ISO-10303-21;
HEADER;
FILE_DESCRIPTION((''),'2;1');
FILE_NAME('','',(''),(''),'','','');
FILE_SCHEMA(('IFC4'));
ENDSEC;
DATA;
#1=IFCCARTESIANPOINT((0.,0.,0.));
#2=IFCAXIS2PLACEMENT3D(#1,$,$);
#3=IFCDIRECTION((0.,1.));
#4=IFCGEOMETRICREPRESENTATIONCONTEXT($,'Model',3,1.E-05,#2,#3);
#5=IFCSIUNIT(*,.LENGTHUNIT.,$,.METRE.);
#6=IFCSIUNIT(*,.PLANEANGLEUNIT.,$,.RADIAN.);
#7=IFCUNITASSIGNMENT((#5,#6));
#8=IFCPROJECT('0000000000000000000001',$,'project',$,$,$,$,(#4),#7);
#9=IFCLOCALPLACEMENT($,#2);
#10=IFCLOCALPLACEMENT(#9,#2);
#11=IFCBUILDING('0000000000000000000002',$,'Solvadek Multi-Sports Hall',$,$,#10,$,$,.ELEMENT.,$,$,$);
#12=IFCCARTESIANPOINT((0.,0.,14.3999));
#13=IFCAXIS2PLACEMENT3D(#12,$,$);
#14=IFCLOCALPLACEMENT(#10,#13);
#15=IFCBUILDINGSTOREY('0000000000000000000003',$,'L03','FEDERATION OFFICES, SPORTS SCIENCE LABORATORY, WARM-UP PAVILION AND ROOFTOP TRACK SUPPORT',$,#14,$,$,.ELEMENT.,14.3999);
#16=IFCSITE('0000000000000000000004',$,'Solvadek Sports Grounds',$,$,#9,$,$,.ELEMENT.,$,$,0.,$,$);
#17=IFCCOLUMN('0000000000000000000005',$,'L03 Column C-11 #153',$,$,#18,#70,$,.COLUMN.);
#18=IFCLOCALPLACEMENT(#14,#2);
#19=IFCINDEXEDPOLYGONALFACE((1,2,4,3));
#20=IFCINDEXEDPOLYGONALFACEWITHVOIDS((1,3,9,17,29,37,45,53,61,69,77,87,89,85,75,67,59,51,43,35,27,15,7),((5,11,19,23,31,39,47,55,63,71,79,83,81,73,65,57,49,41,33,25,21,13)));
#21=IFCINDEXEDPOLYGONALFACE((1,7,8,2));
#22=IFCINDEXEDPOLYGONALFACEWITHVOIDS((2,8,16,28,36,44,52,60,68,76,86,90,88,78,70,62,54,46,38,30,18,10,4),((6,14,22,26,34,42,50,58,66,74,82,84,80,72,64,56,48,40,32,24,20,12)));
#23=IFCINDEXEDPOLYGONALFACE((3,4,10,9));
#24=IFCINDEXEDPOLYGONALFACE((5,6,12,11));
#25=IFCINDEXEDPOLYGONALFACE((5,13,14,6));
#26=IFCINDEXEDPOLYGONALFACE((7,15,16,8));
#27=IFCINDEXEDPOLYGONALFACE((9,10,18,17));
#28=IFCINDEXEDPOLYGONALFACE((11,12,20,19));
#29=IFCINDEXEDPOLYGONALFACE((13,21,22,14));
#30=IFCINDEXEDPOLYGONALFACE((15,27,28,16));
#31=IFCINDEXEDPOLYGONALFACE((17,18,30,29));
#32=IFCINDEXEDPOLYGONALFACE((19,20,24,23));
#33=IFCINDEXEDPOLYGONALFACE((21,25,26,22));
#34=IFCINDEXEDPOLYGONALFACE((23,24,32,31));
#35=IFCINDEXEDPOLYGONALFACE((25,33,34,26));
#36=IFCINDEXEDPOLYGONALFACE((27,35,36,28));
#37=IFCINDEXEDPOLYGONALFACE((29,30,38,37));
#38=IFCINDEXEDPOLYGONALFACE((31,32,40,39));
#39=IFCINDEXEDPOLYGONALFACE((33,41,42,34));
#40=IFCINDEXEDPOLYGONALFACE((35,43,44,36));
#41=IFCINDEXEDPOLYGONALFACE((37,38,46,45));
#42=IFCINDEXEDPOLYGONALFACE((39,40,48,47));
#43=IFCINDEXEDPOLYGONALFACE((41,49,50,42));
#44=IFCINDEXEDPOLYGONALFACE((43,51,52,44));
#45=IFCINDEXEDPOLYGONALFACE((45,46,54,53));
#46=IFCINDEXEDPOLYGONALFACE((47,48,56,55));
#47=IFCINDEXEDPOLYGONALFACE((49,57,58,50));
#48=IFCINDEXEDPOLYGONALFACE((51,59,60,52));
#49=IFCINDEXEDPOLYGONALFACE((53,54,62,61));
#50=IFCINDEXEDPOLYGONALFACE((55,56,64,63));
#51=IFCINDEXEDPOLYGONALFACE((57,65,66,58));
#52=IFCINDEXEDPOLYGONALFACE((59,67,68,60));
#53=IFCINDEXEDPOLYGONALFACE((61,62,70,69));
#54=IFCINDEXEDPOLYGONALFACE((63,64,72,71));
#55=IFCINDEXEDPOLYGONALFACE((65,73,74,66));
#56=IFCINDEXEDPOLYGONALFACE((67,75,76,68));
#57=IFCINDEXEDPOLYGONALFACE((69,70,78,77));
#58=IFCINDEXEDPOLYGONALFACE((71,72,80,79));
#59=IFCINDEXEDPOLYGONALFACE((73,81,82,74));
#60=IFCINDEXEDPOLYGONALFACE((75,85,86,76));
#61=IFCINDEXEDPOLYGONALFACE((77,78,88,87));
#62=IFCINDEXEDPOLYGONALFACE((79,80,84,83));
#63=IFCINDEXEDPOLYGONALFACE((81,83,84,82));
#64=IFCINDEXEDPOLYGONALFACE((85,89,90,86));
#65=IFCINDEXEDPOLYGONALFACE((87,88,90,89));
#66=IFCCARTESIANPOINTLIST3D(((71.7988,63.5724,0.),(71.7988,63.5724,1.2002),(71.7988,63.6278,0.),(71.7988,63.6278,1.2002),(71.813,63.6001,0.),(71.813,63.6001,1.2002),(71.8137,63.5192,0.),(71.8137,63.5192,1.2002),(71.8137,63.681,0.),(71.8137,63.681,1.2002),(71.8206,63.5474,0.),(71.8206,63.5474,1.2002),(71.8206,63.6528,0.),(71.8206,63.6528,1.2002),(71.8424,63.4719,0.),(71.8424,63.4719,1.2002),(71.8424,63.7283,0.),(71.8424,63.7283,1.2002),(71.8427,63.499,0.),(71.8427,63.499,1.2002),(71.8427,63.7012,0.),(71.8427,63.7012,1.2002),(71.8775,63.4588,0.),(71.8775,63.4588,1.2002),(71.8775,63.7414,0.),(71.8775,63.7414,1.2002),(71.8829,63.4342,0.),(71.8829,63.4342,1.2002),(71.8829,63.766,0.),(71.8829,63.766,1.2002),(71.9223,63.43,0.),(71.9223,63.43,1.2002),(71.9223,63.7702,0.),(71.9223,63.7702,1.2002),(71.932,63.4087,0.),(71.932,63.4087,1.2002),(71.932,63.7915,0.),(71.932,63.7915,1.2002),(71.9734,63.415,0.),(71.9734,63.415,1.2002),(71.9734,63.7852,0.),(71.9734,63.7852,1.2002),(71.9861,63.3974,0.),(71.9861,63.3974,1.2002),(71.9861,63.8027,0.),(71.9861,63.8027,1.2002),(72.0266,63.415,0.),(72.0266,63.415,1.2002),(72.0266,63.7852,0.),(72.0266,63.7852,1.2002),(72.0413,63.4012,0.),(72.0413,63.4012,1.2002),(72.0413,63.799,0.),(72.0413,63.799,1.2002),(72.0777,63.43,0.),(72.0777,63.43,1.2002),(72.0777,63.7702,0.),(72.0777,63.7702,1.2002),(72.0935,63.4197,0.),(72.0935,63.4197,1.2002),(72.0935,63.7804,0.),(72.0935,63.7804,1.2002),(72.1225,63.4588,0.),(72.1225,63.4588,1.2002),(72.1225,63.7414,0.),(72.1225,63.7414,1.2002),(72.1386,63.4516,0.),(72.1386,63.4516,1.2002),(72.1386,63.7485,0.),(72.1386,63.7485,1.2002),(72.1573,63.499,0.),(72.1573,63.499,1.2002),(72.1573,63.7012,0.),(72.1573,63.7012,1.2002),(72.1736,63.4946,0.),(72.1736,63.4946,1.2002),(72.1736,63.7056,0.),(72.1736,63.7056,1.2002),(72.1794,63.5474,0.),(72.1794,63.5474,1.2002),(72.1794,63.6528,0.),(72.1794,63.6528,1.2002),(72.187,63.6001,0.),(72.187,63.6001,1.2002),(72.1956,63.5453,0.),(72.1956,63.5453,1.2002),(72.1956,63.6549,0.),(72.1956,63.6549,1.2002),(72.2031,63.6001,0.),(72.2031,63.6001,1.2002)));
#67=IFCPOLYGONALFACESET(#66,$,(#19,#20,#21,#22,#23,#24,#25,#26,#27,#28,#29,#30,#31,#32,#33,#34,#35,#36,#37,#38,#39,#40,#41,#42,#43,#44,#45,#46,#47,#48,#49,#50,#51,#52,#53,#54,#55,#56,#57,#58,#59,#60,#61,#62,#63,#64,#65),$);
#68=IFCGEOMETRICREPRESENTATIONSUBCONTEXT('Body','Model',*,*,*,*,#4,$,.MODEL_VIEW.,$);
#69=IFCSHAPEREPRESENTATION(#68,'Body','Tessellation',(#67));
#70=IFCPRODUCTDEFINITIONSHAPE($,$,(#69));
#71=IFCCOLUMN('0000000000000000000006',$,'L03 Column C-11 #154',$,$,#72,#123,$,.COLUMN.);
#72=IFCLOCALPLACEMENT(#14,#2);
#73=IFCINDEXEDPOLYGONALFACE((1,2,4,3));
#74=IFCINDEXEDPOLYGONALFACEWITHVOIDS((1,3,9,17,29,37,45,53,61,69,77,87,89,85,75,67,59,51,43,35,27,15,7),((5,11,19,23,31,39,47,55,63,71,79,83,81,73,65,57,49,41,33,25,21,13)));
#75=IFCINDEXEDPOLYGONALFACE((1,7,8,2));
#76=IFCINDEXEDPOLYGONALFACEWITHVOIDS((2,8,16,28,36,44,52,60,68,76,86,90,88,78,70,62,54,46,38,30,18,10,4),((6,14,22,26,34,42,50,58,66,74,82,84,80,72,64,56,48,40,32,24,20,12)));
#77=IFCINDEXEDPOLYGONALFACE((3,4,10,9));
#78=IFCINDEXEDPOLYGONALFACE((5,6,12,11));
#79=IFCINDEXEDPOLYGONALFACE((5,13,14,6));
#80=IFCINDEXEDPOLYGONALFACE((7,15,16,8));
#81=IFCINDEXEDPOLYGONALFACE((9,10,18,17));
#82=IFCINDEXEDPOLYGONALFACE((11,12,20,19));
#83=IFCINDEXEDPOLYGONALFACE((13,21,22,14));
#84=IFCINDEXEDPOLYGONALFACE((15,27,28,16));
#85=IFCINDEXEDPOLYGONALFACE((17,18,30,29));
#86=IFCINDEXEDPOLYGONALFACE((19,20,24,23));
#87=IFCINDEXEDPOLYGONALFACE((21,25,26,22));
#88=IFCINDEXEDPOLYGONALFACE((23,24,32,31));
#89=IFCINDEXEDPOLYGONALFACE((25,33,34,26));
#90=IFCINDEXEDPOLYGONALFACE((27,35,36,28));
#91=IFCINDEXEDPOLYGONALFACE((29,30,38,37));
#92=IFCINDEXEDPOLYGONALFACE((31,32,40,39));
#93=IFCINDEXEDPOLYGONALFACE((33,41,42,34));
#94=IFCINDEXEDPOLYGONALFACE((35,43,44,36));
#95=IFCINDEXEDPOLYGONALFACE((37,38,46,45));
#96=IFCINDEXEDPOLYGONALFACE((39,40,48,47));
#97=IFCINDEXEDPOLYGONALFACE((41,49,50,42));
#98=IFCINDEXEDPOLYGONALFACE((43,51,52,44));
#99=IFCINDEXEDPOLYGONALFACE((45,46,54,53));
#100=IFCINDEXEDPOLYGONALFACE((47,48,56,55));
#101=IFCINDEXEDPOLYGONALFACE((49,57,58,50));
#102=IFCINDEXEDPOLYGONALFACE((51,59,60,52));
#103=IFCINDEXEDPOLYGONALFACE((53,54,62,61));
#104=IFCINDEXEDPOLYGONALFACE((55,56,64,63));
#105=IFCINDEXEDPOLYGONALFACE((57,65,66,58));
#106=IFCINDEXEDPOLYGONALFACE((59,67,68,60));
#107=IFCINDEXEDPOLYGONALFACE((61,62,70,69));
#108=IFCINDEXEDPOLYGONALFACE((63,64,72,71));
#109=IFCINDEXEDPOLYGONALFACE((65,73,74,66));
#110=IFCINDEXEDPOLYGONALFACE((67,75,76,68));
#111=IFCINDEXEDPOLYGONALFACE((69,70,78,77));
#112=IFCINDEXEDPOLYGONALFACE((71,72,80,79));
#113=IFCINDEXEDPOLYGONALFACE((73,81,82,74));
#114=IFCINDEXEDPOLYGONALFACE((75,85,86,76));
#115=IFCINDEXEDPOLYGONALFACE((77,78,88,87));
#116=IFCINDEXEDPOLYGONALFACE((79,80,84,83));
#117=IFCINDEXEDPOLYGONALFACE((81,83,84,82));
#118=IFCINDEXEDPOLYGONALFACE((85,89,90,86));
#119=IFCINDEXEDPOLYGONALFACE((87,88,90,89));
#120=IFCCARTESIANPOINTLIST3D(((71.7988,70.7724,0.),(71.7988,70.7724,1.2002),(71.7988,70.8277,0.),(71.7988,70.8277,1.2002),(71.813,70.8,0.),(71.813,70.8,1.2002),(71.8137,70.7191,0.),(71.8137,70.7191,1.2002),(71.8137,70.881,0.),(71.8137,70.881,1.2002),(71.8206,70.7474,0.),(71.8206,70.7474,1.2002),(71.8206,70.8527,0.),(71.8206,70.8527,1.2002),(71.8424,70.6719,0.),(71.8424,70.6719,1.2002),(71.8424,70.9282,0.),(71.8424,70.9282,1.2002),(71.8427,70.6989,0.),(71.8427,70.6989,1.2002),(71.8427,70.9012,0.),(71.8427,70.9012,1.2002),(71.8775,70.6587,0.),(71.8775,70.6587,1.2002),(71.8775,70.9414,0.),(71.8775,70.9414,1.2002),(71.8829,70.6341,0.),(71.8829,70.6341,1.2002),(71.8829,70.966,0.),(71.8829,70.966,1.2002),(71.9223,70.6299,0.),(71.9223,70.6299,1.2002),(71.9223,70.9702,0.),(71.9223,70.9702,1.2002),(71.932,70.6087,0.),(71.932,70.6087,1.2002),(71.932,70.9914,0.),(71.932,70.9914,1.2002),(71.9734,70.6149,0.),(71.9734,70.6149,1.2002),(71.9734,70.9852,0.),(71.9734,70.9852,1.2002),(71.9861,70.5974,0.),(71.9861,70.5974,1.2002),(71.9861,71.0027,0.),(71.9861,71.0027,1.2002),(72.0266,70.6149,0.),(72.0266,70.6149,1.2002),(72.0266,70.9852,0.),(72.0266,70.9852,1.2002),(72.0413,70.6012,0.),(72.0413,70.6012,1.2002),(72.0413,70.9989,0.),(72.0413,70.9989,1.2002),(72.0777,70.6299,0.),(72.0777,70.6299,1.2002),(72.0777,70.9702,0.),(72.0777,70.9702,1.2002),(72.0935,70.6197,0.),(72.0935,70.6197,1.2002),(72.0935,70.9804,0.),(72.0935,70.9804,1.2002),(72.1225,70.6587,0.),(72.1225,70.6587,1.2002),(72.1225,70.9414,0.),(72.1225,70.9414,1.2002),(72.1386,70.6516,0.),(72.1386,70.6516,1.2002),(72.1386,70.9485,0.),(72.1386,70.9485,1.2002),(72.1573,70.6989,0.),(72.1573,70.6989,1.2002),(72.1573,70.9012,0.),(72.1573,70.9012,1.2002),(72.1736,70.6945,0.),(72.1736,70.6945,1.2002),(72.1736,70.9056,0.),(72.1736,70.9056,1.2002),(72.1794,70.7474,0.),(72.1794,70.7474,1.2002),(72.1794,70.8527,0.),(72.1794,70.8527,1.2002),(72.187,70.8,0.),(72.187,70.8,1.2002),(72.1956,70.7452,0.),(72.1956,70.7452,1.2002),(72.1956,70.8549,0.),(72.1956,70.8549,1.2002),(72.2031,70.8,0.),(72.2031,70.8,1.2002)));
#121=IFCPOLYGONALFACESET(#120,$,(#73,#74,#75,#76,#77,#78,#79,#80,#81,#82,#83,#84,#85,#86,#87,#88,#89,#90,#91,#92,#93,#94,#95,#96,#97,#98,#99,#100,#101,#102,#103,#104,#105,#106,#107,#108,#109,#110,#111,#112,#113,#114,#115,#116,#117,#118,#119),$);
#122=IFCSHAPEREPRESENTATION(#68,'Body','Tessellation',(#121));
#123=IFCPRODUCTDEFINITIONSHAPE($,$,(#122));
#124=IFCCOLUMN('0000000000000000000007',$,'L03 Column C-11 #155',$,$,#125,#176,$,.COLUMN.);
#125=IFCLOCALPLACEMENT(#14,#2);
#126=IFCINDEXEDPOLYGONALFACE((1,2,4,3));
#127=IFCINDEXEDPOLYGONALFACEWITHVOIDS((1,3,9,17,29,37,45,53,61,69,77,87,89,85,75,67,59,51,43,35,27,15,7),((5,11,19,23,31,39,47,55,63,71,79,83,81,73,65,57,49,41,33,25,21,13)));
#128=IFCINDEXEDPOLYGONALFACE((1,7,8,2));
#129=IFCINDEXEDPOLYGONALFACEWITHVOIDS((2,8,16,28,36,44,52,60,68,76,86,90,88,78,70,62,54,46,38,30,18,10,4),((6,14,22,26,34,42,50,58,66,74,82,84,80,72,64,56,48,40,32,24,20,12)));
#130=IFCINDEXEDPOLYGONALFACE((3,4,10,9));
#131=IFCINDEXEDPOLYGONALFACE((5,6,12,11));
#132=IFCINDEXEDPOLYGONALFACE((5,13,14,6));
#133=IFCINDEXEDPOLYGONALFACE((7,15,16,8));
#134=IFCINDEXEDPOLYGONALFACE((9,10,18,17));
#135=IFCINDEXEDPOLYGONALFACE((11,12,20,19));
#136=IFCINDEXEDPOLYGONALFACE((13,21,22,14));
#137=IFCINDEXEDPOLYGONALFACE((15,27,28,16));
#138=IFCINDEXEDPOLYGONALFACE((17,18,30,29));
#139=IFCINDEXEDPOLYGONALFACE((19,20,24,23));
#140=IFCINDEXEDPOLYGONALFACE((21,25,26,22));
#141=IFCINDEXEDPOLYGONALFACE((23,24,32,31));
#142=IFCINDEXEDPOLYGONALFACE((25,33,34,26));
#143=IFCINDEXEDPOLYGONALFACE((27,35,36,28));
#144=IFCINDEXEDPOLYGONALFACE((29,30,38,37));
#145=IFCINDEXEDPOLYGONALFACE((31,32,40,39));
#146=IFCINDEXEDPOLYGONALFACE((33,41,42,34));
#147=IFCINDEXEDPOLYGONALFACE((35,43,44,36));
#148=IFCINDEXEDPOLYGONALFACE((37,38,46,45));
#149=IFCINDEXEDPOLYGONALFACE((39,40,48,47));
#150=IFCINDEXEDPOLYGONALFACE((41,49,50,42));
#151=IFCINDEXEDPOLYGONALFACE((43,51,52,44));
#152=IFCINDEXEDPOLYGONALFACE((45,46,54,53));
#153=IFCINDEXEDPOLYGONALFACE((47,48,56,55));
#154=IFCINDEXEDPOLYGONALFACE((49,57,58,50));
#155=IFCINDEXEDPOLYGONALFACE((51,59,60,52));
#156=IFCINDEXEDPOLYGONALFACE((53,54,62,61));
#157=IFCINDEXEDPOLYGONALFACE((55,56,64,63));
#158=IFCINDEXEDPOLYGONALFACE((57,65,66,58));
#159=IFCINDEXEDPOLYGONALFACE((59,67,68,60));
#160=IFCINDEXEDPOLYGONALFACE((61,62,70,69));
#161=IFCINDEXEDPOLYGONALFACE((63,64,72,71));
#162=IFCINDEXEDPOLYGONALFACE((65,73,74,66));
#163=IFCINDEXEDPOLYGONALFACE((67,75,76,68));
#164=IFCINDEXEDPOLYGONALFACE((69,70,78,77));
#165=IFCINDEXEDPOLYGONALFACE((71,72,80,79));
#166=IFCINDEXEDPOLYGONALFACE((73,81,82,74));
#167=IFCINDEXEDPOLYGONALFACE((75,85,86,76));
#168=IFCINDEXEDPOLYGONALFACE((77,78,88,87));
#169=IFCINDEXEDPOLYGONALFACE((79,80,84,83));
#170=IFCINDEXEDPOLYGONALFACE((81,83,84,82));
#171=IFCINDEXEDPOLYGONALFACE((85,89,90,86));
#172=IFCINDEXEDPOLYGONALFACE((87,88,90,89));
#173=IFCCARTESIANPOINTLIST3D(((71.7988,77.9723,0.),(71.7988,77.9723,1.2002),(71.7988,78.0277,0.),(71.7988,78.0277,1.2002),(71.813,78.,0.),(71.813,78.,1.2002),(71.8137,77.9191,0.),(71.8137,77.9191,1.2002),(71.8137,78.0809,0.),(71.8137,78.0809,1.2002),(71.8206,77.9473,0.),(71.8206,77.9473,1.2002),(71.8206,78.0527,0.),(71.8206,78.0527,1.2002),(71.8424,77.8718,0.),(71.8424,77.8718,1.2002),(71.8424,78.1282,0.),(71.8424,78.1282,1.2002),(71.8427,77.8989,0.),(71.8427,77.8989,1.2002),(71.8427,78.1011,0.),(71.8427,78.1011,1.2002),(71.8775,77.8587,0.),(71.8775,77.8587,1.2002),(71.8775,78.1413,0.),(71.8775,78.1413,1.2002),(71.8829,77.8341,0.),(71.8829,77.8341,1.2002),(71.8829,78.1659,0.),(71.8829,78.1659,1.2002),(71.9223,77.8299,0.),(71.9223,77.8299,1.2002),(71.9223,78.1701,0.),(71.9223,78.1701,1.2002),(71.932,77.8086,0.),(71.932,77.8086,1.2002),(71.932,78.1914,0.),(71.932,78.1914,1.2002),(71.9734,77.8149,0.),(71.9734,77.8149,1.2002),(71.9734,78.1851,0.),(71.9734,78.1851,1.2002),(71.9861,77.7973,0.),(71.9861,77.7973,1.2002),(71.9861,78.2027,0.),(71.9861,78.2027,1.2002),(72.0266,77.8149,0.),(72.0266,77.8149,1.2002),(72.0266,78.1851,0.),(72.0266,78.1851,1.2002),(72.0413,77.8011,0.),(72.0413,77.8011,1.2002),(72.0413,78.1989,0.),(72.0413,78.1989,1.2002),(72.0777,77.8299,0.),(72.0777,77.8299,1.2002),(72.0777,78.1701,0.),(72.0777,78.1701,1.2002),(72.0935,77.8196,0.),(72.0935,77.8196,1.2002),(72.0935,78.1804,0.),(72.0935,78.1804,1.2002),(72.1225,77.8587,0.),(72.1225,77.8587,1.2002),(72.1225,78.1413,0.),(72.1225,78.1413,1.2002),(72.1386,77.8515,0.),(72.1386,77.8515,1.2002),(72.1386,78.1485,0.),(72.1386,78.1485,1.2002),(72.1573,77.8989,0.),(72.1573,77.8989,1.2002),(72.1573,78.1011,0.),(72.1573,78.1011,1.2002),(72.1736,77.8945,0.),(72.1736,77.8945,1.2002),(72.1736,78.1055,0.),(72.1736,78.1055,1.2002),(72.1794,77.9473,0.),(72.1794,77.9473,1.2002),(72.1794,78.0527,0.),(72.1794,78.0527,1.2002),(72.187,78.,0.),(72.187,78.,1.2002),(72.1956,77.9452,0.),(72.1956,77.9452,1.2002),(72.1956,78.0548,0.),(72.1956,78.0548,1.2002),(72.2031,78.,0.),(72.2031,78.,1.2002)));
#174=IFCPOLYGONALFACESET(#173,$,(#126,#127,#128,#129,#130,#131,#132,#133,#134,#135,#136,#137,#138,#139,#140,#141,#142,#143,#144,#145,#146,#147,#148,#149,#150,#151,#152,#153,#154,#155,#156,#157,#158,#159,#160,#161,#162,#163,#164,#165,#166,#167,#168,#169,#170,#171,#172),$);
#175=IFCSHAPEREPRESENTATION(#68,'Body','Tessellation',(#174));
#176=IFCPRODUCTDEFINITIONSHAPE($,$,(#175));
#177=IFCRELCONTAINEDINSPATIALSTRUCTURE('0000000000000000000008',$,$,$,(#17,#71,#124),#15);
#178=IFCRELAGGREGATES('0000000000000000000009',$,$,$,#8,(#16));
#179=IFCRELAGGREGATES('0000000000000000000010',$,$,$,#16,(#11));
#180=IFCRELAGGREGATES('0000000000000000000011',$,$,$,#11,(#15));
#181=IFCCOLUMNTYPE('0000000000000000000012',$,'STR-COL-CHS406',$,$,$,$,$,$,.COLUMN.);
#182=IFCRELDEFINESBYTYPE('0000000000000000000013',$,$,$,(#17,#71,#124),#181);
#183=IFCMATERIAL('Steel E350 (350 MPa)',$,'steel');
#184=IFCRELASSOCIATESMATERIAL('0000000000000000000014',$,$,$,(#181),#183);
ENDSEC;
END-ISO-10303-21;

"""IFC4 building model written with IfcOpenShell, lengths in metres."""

from ifc_helpers import new_model, si_unit, direction, frame, origin, origin_2d, place, context, subcontext, project, spatial, hollow_circle, extrude, material, material_profile, profile_set, type_object, element, save


model = new_model("IFC4")

# Units and contexts
model_context = context("Model", 3, precision=1e-05, world=origin(), true_north=direction((0.0, 1.0)))
body_context = subcontext(model_context, "Body", "Model", "MODEL_VIEW")
ifc_project = project(units=[si_unit("LENGTHUNIT", "METRE"), si_unit("PLANEANGLEUNIT", "RADIAN")], contexts=[model_context])

# Site, building, storey
site_placement = place(None, origin())
site = spatial("IfcSite", under=ifc_project, at=site_placement, Name="Solvadek Sports Grounds", CompositionType="ELEMENT", RefElevation=0.0)
building_placement = place(site_placement, origin())
building = spatial("IfcBuilding", under=site, at=building_placement, Name="Solvadek Multi-Sports Hall", CompositionType="ELEMENT")
storey_placement = place(building_placement, frame((0.0, 0.0, 14.3999)))
storey = spatial("IfcBuildingStorey", under=building, at=storey_placement, Name="L03", Description="FEDERATION OFFICES, SPORTS SCIENCE LABORATORY, WARM-UP PAVILION AND ROOFTOP TRACK SUPPORT", CompositionType="ELEMENT", Elevation=14.3999)

# Columns
ifc_material_1 = material(Name="Steel E350 (350 MPa)", Category="steel")
ifc_material_profile_1 = material_profile(ifc_material_1, hollow_circle(Radius=0.2031, WallThickness=0.0161, at=origin_2d()), Name="CHS 406.4x16")
ifc_profile_set_1 = profile_set([ifc_material_profile_1], Name="Steel E350 (350 MPa)")
column_type_1 = type_object("IfcColumnType", Name="STR-COL-CHS406", PredefinedType="COLUMN", material=ifc_profile_set_1)
for number, where, z_axis, x_axis, name in (
    (1, (72.0, 63.6001, 0.0), (0.0, 0.0, 1.0), (1.0, 0.0, 0.0), "L03 Column C-11 #153"),
    (2, (72.0, 70.8, 0.0), (0.0, 0.0, 1.0), (1.0, 0.0, 0.0), "L03 Column C-11 #154"),
    (3, (72.0, 78.0, 0.0), (0.0, 0.0, 1.0), (1.0, 0.0, 0.0), "L03 Column C-11 #155"),
):
    element("IfcColumn", number, at=place(storey_placement, frame(where, z_axis=z_axis, x_axis=x_axis)), inside=storey, type_object=column_type_1, Name=name, PredefinedType="COLUMN", context=body_context, shape_type="SweptSolid", body=[
        extrude(hollow_circle(Radius=0.2031, WallThickness=0.0161, at=origin_2d()), origin(), (0.0, 0.0, 1.0), 1.2002),
    ])

save(model, "model.ifc")
